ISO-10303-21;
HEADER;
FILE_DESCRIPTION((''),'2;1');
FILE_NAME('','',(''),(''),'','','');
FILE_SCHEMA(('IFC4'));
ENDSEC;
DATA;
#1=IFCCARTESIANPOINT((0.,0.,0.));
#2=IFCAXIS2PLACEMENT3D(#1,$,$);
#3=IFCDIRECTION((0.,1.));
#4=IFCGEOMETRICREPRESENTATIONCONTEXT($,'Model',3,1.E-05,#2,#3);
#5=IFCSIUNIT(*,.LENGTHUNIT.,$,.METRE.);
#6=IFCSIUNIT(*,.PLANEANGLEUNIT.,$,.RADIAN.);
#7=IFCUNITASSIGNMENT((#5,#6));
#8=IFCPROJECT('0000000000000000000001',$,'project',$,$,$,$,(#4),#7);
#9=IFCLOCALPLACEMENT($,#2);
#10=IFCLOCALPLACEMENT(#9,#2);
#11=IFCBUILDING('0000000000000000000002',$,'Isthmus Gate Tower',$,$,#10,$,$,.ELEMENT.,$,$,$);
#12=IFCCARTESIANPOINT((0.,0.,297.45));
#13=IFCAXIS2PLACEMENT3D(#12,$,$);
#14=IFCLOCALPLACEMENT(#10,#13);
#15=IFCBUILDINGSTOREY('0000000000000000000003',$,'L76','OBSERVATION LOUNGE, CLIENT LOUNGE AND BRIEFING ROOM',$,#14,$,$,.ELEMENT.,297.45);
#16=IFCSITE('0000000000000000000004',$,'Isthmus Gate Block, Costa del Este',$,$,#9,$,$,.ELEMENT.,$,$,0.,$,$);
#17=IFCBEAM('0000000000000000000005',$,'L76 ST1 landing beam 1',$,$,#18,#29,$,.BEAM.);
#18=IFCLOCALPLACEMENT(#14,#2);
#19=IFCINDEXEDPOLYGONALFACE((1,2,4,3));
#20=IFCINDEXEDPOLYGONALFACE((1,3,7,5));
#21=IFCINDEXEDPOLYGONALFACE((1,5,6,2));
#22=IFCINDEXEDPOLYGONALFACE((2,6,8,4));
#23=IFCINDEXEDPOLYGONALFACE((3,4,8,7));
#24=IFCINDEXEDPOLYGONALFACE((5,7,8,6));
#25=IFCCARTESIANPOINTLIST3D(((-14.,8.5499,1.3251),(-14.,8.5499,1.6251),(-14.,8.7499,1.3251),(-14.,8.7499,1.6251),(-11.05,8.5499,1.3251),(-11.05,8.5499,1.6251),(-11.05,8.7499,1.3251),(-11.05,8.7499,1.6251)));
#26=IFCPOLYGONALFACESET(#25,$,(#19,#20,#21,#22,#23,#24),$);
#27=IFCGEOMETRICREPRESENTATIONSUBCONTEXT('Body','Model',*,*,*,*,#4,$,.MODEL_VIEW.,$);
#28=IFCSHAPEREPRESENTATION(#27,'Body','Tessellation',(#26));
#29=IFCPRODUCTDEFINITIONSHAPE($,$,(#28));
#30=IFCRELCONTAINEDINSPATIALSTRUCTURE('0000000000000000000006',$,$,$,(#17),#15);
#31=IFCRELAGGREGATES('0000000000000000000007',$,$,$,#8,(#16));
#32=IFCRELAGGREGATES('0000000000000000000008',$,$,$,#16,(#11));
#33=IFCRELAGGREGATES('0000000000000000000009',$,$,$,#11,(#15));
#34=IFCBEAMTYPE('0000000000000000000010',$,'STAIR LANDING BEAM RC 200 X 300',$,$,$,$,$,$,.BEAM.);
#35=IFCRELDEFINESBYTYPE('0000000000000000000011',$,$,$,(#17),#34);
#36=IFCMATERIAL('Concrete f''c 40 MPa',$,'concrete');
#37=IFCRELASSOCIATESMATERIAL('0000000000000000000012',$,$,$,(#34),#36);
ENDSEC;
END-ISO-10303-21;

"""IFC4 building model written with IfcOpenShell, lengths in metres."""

from ifc_helpers import new_model, si_unit, direction, frame, origin, origin_2d, place, context, subcontext, project, spatial, rectangle, extrude, material, material_profile, profile_set, type_object, element, save


model = new_model("IFC4")

# Units and contexts
model_context = context("Model", 3, precision=1e-05, world=origin(), true_north=direction((0.0, 1.0)))
body_context = subcontext(model_context, "Body", "Model", "MODEL_VIEW")
ifc_project = project(units=[si_unit("LENGTHUNIT", "METRE"), si_unit("PLANEANGLEUNIT", "RADIAN")], contexts=[model_context])

# Site, building, storey
site_placement = place(None, origin())
site = spatial("IfcSite", under=ifc_project, at=site_placement, Name="Isthmus Gate Block, Costa del Este", CompositionType="ELEMENT", RefElevation=0.0)
building_placement = place(site_placement, origin())
building = spatial("IfcBuilding", under=site, at=building_placement, Name="Isthmus Gate Tower", CompositionType="ELEMENT")
storey_placement = place(building_placement, frame((0.0, 0.0, 297.45)))
storey = spatial("IfcBuildingStorey", under=building, at=storey_placement, Name="L76", Description="OBSERVATION LOUNGE, CLIENT LOUNGE AND BRIEFING ROOM", CompositionType="ELEMENT", Elevation=297.45)

# Beam
ifc_material_1 = material(Name="Concrete f'c 40 MPa", Category="concrete")
ifc_material_profile = material_profile(ifc_material_1, rectangle(XDim=0.2, YDim=0.3, at=origin_2d()), Name="STAIR LANDING BEAM RC 200 X 300")
ifc_profile_set = profile_set([ifc_material_profile], Name="Concrete f'c 40 MPa")
beam_type = type_object("IfcBeamType", Name="STAIR LANDING BEAM RC 200 X 300", PredefinedType="BEAM", material=ifc_profile_set)
beam_placement = place(storey_placement, frame((-14.0, 8.6499, 1.4751), z_axis=(1.0, 0.0, 0.0), x_axis=(0.0, 1.0, 0.0)))
element("IfcBeam", 1, at=beam_placement, inside=storey, type_object=beam_type, Name="L76 ST1 landing beam 1", PredefinedType="BEAM", context=body_context, shape_type="SweptSolid", body=[
    extrude(rectangle(XDim=0.2, YDim=0.3, at=origin_2d()), origin(), (0.0, 0.0, 1.0), 2.95),
])

save(model, "model.ifc")
